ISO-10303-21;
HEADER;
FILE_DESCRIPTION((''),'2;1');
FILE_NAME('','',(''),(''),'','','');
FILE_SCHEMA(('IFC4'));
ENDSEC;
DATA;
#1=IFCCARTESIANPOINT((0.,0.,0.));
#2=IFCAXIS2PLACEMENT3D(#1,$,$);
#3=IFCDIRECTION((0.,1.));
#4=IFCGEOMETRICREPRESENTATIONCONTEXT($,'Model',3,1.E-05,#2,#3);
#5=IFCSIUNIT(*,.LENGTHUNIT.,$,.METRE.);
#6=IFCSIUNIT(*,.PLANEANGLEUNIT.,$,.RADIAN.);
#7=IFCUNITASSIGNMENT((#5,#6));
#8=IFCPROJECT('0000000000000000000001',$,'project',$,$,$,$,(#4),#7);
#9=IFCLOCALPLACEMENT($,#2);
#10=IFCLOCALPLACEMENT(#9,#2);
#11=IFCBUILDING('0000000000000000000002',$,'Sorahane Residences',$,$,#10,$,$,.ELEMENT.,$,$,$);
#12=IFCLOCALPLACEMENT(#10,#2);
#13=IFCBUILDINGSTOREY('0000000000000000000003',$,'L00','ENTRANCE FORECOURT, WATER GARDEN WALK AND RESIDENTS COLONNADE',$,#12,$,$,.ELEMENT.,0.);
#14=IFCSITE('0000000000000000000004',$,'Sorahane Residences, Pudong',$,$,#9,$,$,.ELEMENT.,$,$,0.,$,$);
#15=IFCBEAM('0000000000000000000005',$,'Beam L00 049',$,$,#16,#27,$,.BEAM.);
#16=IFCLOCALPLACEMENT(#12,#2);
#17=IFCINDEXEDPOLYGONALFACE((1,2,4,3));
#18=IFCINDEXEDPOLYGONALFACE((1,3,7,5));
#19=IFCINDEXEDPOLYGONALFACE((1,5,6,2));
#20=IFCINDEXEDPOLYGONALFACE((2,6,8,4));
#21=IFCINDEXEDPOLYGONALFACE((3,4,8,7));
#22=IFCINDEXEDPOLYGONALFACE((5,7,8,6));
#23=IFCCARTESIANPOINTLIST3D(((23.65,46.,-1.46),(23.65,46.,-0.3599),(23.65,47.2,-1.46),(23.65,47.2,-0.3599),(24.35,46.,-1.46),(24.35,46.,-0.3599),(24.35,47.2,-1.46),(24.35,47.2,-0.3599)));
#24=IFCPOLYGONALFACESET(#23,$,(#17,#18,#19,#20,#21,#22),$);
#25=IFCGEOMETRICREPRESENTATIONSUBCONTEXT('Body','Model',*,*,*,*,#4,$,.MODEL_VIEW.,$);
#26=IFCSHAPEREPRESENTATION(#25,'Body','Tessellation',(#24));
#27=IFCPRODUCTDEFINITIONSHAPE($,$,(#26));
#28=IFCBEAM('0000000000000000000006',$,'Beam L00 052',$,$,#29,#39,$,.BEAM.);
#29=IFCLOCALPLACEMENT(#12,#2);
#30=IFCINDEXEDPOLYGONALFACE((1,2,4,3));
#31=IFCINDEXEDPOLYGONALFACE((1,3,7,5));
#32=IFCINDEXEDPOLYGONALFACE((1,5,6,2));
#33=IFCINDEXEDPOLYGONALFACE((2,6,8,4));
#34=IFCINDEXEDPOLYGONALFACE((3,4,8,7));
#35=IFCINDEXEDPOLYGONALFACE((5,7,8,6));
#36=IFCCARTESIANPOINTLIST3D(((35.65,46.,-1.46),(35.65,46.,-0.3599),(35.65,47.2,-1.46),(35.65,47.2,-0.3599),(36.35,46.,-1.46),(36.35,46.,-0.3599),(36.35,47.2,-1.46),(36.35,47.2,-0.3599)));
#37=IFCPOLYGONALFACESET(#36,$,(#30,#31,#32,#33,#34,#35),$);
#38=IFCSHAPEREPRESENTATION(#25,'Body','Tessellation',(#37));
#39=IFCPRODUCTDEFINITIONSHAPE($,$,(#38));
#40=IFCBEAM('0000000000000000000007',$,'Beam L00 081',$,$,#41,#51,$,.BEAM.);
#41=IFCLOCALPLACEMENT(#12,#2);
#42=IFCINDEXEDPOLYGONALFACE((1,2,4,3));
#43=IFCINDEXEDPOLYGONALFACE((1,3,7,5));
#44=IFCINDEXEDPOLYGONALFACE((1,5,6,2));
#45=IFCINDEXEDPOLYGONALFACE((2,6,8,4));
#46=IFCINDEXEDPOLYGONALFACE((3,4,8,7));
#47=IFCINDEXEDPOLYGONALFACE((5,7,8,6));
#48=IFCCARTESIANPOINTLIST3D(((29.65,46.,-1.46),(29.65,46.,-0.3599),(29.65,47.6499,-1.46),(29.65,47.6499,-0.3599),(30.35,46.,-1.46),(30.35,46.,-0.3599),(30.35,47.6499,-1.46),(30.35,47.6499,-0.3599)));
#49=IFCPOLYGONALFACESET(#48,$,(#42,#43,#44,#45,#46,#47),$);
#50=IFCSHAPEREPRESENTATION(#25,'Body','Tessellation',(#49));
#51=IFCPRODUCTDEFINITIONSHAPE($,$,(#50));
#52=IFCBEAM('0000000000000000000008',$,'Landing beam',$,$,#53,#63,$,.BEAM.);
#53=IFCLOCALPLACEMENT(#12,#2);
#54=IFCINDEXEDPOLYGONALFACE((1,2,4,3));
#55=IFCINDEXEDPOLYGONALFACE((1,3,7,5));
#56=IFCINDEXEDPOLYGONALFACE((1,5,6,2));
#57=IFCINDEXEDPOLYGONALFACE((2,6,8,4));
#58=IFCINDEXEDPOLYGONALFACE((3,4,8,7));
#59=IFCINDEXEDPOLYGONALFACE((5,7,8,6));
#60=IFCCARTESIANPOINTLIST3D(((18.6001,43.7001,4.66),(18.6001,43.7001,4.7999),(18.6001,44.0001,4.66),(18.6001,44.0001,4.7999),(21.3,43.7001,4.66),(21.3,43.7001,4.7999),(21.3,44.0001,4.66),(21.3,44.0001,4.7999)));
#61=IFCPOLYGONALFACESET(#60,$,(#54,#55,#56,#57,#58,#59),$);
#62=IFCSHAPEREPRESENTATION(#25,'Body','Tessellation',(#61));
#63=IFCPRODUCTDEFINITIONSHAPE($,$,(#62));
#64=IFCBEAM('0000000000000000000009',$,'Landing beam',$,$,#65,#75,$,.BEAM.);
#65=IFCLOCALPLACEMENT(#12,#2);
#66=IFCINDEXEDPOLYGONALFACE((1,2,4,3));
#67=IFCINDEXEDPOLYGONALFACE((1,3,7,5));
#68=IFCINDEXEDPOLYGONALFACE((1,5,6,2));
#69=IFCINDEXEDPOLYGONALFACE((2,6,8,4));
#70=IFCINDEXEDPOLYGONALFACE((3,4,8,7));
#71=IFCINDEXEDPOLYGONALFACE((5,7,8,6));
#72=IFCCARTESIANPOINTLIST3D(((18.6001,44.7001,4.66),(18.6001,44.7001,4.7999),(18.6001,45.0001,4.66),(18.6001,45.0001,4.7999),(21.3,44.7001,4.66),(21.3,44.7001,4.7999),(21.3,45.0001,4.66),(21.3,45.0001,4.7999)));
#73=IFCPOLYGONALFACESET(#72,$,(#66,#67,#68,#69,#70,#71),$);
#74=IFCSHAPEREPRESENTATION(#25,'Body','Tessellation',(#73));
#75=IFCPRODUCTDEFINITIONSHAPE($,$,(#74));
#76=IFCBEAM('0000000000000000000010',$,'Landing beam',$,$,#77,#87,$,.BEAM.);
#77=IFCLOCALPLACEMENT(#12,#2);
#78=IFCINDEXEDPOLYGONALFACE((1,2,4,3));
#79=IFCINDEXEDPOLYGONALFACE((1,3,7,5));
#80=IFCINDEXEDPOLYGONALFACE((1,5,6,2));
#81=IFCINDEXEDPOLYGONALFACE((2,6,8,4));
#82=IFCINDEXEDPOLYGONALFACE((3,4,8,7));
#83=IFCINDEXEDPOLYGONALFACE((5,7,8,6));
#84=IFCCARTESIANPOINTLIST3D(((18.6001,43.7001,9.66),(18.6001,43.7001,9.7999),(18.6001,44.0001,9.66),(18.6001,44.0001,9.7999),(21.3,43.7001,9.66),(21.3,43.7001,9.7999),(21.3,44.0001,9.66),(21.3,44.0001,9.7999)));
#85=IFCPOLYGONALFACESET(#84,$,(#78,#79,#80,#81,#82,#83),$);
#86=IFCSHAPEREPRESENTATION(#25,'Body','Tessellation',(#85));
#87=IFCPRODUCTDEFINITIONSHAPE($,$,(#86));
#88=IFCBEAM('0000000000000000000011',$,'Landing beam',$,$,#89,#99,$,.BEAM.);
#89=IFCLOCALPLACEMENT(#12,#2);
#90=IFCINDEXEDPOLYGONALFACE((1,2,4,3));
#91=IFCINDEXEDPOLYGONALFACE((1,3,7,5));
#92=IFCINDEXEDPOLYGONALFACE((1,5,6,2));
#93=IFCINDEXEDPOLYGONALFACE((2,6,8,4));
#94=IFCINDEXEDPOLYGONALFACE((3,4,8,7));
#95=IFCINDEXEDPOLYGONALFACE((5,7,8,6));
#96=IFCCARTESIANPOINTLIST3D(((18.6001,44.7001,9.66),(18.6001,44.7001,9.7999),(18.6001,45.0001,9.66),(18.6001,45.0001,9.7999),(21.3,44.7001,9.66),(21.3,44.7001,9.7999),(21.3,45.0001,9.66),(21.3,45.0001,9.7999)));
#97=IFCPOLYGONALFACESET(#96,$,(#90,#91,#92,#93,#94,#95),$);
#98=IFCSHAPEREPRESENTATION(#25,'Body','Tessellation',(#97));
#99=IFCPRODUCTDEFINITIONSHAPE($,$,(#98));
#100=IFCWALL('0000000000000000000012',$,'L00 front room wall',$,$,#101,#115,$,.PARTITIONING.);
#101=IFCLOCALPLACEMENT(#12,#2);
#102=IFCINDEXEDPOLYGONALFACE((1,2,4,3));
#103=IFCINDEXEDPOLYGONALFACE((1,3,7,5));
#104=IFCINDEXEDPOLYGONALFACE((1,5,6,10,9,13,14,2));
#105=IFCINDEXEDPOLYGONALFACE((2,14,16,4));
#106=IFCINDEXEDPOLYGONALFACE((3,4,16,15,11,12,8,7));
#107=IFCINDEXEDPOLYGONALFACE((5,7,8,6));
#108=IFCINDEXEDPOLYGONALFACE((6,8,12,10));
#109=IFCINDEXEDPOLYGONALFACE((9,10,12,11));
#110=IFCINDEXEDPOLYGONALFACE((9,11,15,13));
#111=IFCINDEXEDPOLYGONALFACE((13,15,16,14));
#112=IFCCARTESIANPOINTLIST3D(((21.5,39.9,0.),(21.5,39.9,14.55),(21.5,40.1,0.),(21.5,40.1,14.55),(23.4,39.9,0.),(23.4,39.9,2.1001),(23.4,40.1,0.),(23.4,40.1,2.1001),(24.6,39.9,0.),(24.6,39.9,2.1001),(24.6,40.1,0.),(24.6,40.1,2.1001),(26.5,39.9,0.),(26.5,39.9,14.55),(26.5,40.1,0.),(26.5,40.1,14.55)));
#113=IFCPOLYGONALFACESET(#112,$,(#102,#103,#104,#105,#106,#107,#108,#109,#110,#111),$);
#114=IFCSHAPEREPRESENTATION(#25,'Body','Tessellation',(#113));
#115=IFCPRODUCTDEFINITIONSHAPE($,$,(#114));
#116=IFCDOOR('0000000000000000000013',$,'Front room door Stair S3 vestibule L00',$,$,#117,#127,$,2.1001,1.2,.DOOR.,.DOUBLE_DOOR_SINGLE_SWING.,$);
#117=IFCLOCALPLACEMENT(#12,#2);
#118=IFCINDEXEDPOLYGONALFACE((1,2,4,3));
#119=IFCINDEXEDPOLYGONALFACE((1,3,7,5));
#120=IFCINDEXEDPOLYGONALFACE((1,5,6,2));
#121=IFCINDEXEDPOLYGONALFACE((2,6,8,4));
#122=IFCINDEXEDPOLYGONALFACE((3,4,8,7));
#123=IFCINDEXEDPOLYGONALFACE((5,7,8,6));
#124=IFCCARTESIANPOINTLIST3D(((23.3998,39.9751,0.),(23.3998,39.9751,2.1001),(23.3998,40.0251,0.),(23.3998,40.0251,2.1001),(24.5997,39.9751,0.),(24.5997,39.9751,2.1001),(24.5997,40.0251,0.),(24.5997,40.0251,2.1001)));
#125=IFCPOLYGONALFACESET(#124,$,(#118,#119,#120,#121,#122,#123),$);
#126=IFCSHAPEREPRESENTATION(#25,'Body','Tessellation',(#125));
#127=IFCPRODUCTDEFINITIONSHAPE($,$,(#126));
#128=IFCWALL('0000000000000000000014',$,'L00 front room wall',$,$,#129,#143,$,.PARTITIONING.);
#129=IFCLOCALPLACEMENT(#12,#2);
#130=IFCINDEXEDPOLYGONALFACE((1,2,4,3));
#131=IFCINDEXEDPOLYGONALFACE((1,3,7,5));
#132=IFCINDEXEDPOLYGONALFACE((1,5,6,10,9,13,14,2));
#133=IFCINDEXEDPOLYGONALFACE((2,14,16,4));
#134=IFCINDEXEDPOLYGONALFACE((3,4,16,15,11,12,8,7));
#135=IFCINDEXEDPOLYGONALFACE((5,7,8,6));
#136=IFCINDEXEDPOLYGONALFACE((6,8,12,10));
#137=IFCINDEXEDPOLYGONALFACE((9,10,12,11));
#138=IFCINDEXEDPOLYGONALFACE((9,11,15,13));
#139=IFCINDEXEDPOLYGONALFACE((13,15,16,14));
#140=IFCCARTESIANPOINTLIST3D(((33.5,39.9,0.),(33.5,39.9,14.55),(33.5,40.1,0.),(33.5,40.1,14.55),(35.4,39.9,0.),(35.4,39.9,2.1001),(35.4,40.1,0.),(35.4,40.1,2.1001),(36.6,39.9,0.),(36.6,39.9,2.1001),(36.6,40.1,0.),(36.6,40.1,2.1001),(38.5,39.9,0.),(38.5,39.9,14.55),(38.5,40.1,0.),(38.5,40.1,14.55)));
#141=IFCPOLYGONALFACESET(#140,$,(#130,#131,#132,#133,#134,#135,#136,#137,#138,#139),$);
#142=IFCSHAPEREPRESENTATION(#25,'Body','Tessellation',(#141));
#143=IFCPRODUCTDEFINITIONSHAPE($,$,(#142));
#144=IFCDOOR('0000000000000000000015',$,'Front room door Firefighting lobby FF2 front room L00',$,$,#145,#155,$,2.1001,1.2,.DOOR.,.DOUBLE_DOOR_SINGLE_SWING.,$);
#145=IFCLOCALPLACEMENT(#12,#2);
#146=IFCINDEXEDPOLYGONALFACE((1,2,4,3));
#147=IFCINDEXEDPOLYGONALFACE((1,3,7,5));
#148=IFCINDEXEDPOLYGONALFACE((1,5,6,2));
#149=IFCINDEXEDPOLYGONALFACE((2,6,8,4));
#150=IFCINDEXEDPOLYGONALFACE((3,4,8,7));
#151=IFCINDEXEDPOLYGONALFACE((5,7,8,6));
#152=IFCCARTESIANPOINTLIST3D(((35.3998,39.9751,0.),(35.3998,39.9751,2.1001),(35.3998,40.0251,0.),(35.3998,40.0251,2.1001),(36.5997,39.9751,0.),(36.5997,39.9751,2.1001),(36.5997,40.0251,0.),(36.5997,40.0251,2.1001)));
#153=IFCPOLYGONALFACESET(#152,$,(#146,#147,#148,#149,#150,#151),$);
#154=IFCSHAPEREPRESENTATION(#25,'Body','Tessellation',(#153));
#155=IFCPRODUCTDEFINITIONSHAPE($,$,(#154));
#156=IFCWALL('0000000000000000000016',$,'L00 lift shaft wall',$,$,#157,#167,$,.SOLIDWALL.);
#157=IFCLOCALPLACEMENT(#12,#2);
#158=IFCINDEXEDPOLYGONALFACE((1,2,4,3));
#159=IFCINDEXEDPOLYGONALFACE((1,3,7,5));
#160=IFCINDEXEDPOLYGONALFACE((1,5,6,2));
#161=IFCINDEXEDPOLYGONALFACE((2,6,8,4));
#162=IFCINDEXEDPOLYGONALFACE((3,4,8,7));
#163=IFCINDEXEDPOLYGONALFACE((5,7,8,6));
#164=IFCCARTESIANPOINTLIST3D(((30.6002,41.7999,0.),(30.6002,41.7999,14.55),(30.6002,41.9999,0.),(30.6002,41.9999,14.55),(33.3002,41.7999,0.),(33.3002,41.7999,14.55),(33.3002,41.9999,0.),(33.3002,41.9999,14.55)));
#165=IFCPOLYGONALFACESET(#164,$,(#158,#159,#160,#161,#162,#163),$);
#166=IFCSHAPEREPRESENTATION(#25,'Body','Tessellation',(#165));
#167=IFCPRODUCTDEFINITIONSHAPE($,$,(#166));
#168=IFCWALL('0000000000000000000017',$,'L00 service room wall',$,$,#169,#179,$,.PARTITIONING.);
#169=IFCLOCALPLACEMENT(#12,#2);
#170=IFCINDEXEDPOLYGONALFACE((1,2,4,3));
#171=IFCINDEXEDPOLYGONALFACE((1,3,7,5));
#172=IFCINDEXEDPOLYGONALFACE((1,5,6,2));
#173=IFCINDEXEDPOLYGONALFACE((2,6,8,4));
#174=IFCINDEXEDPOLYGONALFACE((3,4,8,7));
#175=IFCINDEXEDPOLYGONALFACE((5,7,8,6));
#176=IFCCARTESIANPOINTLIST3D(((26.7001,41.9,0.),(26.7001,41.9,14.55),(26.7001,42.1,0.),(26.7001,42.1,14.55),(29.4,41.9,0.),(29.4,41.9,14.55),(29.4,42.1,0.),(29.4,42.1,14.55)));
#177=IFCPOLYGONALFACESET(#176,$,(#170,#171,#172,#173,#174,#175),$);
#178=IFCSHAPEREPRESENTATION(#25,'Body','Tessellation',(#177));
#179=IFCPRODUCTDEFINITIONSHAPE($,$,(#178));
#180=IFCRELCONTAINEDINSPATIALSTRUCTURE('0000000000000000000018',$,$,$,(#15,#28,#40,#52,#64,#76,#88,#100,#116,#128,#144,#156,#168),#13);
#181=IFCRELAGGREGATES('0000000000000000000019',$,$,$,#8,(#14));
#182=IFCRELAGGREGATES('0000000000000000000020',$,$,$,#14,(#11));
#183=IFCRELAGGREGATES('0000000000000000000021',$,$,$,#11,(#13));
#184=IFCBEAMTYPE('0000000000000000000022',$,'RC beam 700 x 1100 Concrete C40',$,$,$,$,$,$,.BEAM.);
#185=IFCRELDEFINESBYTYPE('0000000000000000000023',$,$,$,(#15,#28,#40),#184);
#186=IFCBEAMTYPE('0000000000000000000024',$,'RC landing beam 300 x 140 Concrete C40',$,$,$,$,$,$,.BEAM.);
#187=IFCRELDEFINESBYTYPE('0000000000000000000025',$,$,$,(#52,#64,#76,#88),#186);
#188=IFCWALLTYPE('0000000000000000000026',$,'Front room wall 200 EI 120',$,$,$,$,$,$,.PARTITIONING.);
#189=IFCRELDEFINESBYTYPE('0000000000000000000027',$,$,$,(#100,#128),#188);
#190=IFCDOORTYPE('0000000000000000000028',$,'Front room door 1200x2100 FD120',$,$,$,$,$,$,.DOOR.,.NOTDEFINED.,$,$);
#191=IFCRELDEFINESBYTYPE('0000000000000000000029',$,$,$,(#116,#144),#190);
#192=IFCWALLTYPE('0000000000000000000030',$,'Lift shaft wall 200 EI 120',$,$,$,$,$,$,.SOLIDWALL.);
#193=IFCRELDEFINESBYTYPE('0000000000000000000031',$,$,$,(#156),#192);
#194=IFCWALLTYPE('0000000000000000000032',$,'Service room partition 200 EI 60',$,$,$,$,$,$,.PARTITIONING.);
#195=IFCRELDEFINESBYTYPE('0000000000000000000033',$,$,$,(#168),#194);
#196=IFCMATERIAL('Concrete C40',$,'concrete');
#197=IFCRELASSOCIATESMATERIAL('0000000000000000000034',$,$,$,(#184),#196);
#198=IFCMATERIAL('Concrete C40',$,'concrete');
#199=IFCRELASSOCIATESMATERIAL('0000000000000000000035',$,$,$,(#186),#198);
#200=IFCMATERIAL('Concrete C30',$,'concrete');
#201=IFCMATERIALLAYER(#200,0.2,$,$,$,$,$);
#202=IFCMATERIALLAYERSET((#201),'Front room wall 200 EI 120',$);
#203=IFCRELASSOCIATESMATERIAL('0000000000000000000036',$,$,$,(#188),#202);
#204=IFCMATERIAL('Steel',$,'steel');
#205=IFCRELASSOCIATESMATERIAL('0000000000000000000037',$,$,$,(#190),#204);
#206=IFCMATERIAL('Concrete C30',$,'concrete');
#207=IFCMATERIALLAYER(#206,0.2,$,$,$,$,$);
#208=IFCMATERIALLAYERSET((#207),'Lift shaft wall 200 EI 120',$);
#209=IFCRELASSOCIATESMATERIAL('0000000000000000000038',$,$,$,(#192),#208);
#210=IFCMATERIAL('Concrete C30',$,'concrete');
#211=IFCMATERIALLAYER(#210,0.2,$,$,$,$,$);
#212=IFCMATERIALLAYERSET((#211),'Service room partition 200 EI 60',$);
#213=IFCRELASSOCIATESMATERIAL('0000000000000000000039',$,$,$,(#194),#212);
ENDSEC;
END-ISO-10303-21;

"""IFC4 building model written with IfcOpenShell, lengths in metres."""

from ifc_helpers import new_model, si_unit, direction, frame, frame_2d, origin, origin_2d, place, context, subcontext, project, spatial, rectangle, extrude, material, layer, layer_set, material_profile, profile_set, type_object, element, fill, save


model = new_model("IFC4")

# Units and contexts
model_context = context("Model", 3, precision=1e-05, world=origin(), true_north=direction((0.0, 1.0)))
body_context = subcontext(model_context, "Body", "Model", "MODEL_VIEW")
ifc_project = project(units=[si_unit("LENGTHUNIT", "METRE"), si_unit("PLANEANGLEUNIT", "RADIAN")], contexts=[model_context])

# Site, building, storey
site_placement = place(None, origin())
site = spatial("IfcSite", under=ifc_project, at=site_placement, Name="Sorahane Residences, Pudong", CompositionType="ELEMENT", RefElevation=0.0)
building_placement = place(site_placement, origin())
building = spatial("IfcBuilding", under=site, at=building_placement, Name="Sorahane Residences", CompositionType="ELEMENT")
storey_placement = place(building_placement, origin())
storey = spatial("IfcBuildingStorey", under=building, at=storey_placement, Name="L00", Description="ENTRANCE FORECOURT, WATER GARDEN WALK AND RESIDENTS COLONNADE", CompositionType="ELEMENT", Elevation=0.0)

# Beams
ifc_material_1 = material(Name="Concrete C40", Category="concrete")
ifc_material_profile_1 = material_profile(ifc_material_1, rectangle(XDim=0.7, YDim=1.1001, at=origin_2d()), Name="700x1100")
ifc_profile_set_1 = profile_set([ifc_material_profile_1], Name="Concrete C40")
beam_type_1 = type_object("IfcBeamType", Name="RC beam 700 x 1100 Concrete C40", PredefinedType="BEAM", material=ifc_profile_set_1)
for number, where, z_axis, x_axis, name in (
    (1, (24.0, 46.0, -0.9099), (0.0, 1.0, 0.0), (-1.0, 0.0, 0.0), "Beam L00 049"),
    (2, (36.0, 46.0, -0.9099), (0.0, 1.0, 0.0), (-1.0, 0.0, 0.0), "Beam L00 052"),
):
    element("IfcBeam", number, at=place(storey_placement, frame(where, z_axis=z_axis, x_axis=x_axis)), inside=storey, type_object=beam_type_1, Name=name, PredefinedType="BEAM", context=body_context, shape_type="SweptSolid", body=[
        extrude(rectangle(XDim=0.7, YDim=1.1001, at=origin_2d()), origin(), (0.0, 0.0, 1.0), 1.2),
    ])
beam_1_placement = place(storey_placement, frame((30.0, 46.0, -0.9099), z_axis=(0.0, 1.0, 0.0), x_axis=(-1.0, 0.0, 0.0)))
element("IfcBeam", 3, at=beam_1_placement, inside=storey, type_object=beam_type_1, Name="Beam L00 081", PredefinedType="BEAM", context=body_context, shape_type="SweptSolid", body=[
    extrude(rectangle(XDim=0.7, YDim=1.1001, at=origin_2d()), origin(), (0.0, 0.0, 1.0), 1.6499),
])
ifc_material_2 = material(Name="Concrete C40", Category="concrete")
ifc_material_profile_2 = material_profile(ifc_material_2, rectangle(XDim=0.3, YDim=0.1399, at=origin_2d()), Name="300x140")
ifc_profile_set_2 = profile_set([ifc_material_profile_2], Name="Concrete C40")
beam_type_2 = type_object("IfcBeamType", Name="RC landing beam 300 x 140 Concrete C40", PredefinedType="BEAM", material=ifc_profile_set_2)
for number, where, z_axis, x_axis, name in (
    (4, (18.6001, 43.8501, 4.73), (1.0, 0.0, 0.0), (0.0, 1.0, 0.0), "Landing beam"),
    (5, (18.6001, 44.8501, 4.73), (1.0, 0.0, 0.0), (0.0, 1.0, 0.0), "Landing beam"),
    (6, (18.6001, 43.8501, 9.73), (1.0, 0.0, 0.0), (0.0, 1.0, 0.0), "Landing beam"),
    (7, (18.6001, 44.8501, 9.73), (1.0, 0.0, 0.0), (0.0, 1.0, 0.0), "Landing beam"),
):
    element("IfcBeam", number, at=place(storey_placement, frame(where, z_axis=z_axis, x_axis=x_axis)), inside=storey, type_object=beam_type_2, Name=name, PredefinedType="BEAM", context=body_context, shape_type="SweptSolid", body=[
        extrude(rectangle(XDim=0.3, YDim=0.1399, at=origin_2d()), origin(), (0.0, 0.0, 1.0), 2.7),
    ])

# Walls, openings, doors
ifc_material_3 = material(Name="Concrete C30", Category="concrete")
ifc_layer_1 = layer(ifc_material_3, 0.2)
ifc_layer_set_1 = layer_set([ifc_layer_1], Name="Front room wall 200 EI 120")
wall_type_1 = type_object("IfcWallType", Name="Front room wall 200 EI 120", PredefinedType="PARTITIONING", material=ifc_layer_set_1)
wall_1_placement = place(storey_placement, frame((21.5, 40.0, 0.0), z_axis=(0.0, 0.0, 1.0), x_axis=(1.0, 0.0, 0.0)))
wall_1 = element("IfcWall", 8, at=wall_1_placement, inside=storey, type_object=wall_type_1, Name="L00 front room wall", PredefinedType="PARTITIONING", context=body_context, shape_type="SweptSolid", body=[
    extrude(rectangle(XDim=5.0, YDim=0.2, at=frame_2d((2.5, 0.0))), origin(), (0.0, 0.0, 1.0), 14.55),
])
opening_1_placement = place(wall_1_placement, frame((1.8999, 0.0, 0.0)))
opening_1 = element("IfcOpeningElement", 9, at=opening_1_placement, cuts=wall_1, PredefinedType="OPENING", context=body_context, shape_type="SweptSolid", body=[
    extrude(rectangle(XDim=1.2, YDim=2.1001, at=frame_2d((0.6001, 1.05))), frame((0.0, 0.1099, 0.0), z_axis=(0.0, -1.0, 0.0), x_axis=(1.0, 0.0, 0.0)), (0.0, 0.0, 1.0), 0.22),
])
ifc_material_4 = material(Name="Steel", Category="steel")
door_type = type_object("IfcDoorType", Name="Front room door 1200x2100 FD120", OperationType="NOTDEFINED", PredefinedType="DOOR", material=ifc_material_4)
door_1_placement = place(opening_1_placement, frame((1.2, 0.0, 0.0), z_axis=(0.0, 0.0, 1.0), x_axis=(-1.0, 0.0, 0.0)))
door_1 = element("IfcDoor", 10, at=door_1_placement, inside=storey, type_object=door_type, Name="Front room door Stair S3 vestibule L00", OperationType="DOUBLE_DOOR_SINGLE_SWING", OverallHeight=2.1001, OverallWidth=1.2, PredefinedType="DOOR", context=body_context, shape_type="SweptSolid", body=[
    extrude(rectangle(XDim=1.2, YDim=2.1001, at=frame_2d((0.6001, 1.05))), frame((0.0, 0.0249, 0.0), z_axis=(0.0, -1.0, 0.0), x_axis=(1.0, 0.0, 0.0)), (0.0, 0.0, 1.0), 0.05),
])
fill(opening_1, door_1)
wall_2_placement = place(storey_placement, frame((33.5, 40.0, 0.0), z_axis=(0.0, 0.0, 1.0), x_axis=(1.0, 0.0, 0.0)))
wall_2 = element("IfcWall", 11, at=wall_2_placement, inside=storey, type_object=wall_type_1, Name="L00 front room wall", PredefinedType="PARTITIONING", context=body_context, shape_type="SweptSolid", body=[
    extrude(rectangle(XDim=5.0, YDim=0.2, at=frame_2d((2.5, 0.0))), origin(), (0.0, 0.0, 1.0), 14.55),
])
opening_2_placement = place(wall_2_placement, frame((1.8999, 0.0, 0.0)))
opening_2 = element("IfcOpeningElement", 12, at=opening_2_placement, cuts=wall_2, PredefinedType="OPENING", context=body_context, shape_type="SweptSolid", body=[
    extrude(rectangle(XDim=1.2, YDim=2.1001, at=frame_2d((0.6001, 1.05))), frame((0.0, 0.1099, 0.0), z_axis=(0.0, -1.0, 0.0), x_axis=(1.0, 0.0, 0.0)), (0.0, 0.0, 1.0), 0.22),
])
door_2_placement = place(opening_2_placement, frame((1.2, 0.0, 0.0), z_axis=(0.0, 0.0, 1.0), x_axis=(-1.0, 0.0, 0.0)))
door_2 = element("IfcDoor", 13, at=door_2_placement, inside=storey, type_object=door_type, Name="Front room door Firefighting lobby FF2 front room L00", OperationType="DOUBLE_DOOR_SINGLE_SWING", OverallHeight=2.1001, OverallWidth=1.2, PredefinedType="DOOR", context=body_context, shape_type="SweptSolid", body=[
    extrude(rectangle(XDim=1.2, YDim=2.1001, at=frame_2d((0.6001, 1.05))), frame((0.0, 0.0249, 0.0), z_axis=(0.0, -1.0, 0.0), x_axis=(1.0, 0.0, 0.0)), (0.0, 0.0, 1.0), 0.05),
])
fill(opening_2, door_2)

# Walls
ifc_material_5 = material(Name="Concrete C30", Category="concrete")
ifc_layer_2 = layer(ifc_material_5, 0.2)
ifc_layer_set_2 = layer_set([ifc_layer_2], Name="Lift shaft wall 200 EI 120")
wall_type_2 = type_object("IfcWallType", Name="Lift shaft wall 200 EI 120", PredefinedType="SOLIDWALL", material=ifc_layer_set_2)
wall_3_placement = place(storey_placement, frame((30.6001, 41.8999, 0.0), z_axis=(0.0, 0.0, 1.0), x_axis=(1.0, 0.0, 0.0)))
element("IfcWall", 14, at=wall_3_placement, inside=storey, type_object=wall_type_2, Name="L00 lift shaft wall", PredefinedType="SOLIDWALL", context=body_context, shape_type="SweptSolid", body=[
    extrude(rectangle(XDim=2.7, YDim=0.2, at=frame_2d((1.3501, 0.0))), origin(), (0.0, 0.0, 1.0), 14.55),
])
ifc_material_6 = material(Name="Concrete C30", Category="concrete")
ifc_layer_3 = layer(ifc_material_6, 0.2)
ifc_layer_set_3 = layer_set([ifc_layer_3], Name="Service room partition 200 EI 60")
wall_type_3 = type_object("IfcWallType", Name="Service room partition 200 EI 60", PredefinedType="PARTITIONING", material=ifc_layer_set_3)
wall_4_placement = place(storey_placement, frame((26.7, 42.0, 0.0), z_axis=(0.0, 0.0, 1.0), x_axis=(1.0, 0.0, 0.0)))
element("IfcWall", 15, at=wall_4_placement, inside=storey, type_object=wall_type_3, Name="L00 service room wall", PredefinedType="PARTITIONING", context=body_context, shape_type="SweptSolid", body=[
    extrude(rectangle(XDim=2.7, YDim=0.2, at=frame_2d((1.3501, 0.0))), origin(), (0.0, 0.0, 1.0), 14.55),
])

save(model, "model.ifc")
